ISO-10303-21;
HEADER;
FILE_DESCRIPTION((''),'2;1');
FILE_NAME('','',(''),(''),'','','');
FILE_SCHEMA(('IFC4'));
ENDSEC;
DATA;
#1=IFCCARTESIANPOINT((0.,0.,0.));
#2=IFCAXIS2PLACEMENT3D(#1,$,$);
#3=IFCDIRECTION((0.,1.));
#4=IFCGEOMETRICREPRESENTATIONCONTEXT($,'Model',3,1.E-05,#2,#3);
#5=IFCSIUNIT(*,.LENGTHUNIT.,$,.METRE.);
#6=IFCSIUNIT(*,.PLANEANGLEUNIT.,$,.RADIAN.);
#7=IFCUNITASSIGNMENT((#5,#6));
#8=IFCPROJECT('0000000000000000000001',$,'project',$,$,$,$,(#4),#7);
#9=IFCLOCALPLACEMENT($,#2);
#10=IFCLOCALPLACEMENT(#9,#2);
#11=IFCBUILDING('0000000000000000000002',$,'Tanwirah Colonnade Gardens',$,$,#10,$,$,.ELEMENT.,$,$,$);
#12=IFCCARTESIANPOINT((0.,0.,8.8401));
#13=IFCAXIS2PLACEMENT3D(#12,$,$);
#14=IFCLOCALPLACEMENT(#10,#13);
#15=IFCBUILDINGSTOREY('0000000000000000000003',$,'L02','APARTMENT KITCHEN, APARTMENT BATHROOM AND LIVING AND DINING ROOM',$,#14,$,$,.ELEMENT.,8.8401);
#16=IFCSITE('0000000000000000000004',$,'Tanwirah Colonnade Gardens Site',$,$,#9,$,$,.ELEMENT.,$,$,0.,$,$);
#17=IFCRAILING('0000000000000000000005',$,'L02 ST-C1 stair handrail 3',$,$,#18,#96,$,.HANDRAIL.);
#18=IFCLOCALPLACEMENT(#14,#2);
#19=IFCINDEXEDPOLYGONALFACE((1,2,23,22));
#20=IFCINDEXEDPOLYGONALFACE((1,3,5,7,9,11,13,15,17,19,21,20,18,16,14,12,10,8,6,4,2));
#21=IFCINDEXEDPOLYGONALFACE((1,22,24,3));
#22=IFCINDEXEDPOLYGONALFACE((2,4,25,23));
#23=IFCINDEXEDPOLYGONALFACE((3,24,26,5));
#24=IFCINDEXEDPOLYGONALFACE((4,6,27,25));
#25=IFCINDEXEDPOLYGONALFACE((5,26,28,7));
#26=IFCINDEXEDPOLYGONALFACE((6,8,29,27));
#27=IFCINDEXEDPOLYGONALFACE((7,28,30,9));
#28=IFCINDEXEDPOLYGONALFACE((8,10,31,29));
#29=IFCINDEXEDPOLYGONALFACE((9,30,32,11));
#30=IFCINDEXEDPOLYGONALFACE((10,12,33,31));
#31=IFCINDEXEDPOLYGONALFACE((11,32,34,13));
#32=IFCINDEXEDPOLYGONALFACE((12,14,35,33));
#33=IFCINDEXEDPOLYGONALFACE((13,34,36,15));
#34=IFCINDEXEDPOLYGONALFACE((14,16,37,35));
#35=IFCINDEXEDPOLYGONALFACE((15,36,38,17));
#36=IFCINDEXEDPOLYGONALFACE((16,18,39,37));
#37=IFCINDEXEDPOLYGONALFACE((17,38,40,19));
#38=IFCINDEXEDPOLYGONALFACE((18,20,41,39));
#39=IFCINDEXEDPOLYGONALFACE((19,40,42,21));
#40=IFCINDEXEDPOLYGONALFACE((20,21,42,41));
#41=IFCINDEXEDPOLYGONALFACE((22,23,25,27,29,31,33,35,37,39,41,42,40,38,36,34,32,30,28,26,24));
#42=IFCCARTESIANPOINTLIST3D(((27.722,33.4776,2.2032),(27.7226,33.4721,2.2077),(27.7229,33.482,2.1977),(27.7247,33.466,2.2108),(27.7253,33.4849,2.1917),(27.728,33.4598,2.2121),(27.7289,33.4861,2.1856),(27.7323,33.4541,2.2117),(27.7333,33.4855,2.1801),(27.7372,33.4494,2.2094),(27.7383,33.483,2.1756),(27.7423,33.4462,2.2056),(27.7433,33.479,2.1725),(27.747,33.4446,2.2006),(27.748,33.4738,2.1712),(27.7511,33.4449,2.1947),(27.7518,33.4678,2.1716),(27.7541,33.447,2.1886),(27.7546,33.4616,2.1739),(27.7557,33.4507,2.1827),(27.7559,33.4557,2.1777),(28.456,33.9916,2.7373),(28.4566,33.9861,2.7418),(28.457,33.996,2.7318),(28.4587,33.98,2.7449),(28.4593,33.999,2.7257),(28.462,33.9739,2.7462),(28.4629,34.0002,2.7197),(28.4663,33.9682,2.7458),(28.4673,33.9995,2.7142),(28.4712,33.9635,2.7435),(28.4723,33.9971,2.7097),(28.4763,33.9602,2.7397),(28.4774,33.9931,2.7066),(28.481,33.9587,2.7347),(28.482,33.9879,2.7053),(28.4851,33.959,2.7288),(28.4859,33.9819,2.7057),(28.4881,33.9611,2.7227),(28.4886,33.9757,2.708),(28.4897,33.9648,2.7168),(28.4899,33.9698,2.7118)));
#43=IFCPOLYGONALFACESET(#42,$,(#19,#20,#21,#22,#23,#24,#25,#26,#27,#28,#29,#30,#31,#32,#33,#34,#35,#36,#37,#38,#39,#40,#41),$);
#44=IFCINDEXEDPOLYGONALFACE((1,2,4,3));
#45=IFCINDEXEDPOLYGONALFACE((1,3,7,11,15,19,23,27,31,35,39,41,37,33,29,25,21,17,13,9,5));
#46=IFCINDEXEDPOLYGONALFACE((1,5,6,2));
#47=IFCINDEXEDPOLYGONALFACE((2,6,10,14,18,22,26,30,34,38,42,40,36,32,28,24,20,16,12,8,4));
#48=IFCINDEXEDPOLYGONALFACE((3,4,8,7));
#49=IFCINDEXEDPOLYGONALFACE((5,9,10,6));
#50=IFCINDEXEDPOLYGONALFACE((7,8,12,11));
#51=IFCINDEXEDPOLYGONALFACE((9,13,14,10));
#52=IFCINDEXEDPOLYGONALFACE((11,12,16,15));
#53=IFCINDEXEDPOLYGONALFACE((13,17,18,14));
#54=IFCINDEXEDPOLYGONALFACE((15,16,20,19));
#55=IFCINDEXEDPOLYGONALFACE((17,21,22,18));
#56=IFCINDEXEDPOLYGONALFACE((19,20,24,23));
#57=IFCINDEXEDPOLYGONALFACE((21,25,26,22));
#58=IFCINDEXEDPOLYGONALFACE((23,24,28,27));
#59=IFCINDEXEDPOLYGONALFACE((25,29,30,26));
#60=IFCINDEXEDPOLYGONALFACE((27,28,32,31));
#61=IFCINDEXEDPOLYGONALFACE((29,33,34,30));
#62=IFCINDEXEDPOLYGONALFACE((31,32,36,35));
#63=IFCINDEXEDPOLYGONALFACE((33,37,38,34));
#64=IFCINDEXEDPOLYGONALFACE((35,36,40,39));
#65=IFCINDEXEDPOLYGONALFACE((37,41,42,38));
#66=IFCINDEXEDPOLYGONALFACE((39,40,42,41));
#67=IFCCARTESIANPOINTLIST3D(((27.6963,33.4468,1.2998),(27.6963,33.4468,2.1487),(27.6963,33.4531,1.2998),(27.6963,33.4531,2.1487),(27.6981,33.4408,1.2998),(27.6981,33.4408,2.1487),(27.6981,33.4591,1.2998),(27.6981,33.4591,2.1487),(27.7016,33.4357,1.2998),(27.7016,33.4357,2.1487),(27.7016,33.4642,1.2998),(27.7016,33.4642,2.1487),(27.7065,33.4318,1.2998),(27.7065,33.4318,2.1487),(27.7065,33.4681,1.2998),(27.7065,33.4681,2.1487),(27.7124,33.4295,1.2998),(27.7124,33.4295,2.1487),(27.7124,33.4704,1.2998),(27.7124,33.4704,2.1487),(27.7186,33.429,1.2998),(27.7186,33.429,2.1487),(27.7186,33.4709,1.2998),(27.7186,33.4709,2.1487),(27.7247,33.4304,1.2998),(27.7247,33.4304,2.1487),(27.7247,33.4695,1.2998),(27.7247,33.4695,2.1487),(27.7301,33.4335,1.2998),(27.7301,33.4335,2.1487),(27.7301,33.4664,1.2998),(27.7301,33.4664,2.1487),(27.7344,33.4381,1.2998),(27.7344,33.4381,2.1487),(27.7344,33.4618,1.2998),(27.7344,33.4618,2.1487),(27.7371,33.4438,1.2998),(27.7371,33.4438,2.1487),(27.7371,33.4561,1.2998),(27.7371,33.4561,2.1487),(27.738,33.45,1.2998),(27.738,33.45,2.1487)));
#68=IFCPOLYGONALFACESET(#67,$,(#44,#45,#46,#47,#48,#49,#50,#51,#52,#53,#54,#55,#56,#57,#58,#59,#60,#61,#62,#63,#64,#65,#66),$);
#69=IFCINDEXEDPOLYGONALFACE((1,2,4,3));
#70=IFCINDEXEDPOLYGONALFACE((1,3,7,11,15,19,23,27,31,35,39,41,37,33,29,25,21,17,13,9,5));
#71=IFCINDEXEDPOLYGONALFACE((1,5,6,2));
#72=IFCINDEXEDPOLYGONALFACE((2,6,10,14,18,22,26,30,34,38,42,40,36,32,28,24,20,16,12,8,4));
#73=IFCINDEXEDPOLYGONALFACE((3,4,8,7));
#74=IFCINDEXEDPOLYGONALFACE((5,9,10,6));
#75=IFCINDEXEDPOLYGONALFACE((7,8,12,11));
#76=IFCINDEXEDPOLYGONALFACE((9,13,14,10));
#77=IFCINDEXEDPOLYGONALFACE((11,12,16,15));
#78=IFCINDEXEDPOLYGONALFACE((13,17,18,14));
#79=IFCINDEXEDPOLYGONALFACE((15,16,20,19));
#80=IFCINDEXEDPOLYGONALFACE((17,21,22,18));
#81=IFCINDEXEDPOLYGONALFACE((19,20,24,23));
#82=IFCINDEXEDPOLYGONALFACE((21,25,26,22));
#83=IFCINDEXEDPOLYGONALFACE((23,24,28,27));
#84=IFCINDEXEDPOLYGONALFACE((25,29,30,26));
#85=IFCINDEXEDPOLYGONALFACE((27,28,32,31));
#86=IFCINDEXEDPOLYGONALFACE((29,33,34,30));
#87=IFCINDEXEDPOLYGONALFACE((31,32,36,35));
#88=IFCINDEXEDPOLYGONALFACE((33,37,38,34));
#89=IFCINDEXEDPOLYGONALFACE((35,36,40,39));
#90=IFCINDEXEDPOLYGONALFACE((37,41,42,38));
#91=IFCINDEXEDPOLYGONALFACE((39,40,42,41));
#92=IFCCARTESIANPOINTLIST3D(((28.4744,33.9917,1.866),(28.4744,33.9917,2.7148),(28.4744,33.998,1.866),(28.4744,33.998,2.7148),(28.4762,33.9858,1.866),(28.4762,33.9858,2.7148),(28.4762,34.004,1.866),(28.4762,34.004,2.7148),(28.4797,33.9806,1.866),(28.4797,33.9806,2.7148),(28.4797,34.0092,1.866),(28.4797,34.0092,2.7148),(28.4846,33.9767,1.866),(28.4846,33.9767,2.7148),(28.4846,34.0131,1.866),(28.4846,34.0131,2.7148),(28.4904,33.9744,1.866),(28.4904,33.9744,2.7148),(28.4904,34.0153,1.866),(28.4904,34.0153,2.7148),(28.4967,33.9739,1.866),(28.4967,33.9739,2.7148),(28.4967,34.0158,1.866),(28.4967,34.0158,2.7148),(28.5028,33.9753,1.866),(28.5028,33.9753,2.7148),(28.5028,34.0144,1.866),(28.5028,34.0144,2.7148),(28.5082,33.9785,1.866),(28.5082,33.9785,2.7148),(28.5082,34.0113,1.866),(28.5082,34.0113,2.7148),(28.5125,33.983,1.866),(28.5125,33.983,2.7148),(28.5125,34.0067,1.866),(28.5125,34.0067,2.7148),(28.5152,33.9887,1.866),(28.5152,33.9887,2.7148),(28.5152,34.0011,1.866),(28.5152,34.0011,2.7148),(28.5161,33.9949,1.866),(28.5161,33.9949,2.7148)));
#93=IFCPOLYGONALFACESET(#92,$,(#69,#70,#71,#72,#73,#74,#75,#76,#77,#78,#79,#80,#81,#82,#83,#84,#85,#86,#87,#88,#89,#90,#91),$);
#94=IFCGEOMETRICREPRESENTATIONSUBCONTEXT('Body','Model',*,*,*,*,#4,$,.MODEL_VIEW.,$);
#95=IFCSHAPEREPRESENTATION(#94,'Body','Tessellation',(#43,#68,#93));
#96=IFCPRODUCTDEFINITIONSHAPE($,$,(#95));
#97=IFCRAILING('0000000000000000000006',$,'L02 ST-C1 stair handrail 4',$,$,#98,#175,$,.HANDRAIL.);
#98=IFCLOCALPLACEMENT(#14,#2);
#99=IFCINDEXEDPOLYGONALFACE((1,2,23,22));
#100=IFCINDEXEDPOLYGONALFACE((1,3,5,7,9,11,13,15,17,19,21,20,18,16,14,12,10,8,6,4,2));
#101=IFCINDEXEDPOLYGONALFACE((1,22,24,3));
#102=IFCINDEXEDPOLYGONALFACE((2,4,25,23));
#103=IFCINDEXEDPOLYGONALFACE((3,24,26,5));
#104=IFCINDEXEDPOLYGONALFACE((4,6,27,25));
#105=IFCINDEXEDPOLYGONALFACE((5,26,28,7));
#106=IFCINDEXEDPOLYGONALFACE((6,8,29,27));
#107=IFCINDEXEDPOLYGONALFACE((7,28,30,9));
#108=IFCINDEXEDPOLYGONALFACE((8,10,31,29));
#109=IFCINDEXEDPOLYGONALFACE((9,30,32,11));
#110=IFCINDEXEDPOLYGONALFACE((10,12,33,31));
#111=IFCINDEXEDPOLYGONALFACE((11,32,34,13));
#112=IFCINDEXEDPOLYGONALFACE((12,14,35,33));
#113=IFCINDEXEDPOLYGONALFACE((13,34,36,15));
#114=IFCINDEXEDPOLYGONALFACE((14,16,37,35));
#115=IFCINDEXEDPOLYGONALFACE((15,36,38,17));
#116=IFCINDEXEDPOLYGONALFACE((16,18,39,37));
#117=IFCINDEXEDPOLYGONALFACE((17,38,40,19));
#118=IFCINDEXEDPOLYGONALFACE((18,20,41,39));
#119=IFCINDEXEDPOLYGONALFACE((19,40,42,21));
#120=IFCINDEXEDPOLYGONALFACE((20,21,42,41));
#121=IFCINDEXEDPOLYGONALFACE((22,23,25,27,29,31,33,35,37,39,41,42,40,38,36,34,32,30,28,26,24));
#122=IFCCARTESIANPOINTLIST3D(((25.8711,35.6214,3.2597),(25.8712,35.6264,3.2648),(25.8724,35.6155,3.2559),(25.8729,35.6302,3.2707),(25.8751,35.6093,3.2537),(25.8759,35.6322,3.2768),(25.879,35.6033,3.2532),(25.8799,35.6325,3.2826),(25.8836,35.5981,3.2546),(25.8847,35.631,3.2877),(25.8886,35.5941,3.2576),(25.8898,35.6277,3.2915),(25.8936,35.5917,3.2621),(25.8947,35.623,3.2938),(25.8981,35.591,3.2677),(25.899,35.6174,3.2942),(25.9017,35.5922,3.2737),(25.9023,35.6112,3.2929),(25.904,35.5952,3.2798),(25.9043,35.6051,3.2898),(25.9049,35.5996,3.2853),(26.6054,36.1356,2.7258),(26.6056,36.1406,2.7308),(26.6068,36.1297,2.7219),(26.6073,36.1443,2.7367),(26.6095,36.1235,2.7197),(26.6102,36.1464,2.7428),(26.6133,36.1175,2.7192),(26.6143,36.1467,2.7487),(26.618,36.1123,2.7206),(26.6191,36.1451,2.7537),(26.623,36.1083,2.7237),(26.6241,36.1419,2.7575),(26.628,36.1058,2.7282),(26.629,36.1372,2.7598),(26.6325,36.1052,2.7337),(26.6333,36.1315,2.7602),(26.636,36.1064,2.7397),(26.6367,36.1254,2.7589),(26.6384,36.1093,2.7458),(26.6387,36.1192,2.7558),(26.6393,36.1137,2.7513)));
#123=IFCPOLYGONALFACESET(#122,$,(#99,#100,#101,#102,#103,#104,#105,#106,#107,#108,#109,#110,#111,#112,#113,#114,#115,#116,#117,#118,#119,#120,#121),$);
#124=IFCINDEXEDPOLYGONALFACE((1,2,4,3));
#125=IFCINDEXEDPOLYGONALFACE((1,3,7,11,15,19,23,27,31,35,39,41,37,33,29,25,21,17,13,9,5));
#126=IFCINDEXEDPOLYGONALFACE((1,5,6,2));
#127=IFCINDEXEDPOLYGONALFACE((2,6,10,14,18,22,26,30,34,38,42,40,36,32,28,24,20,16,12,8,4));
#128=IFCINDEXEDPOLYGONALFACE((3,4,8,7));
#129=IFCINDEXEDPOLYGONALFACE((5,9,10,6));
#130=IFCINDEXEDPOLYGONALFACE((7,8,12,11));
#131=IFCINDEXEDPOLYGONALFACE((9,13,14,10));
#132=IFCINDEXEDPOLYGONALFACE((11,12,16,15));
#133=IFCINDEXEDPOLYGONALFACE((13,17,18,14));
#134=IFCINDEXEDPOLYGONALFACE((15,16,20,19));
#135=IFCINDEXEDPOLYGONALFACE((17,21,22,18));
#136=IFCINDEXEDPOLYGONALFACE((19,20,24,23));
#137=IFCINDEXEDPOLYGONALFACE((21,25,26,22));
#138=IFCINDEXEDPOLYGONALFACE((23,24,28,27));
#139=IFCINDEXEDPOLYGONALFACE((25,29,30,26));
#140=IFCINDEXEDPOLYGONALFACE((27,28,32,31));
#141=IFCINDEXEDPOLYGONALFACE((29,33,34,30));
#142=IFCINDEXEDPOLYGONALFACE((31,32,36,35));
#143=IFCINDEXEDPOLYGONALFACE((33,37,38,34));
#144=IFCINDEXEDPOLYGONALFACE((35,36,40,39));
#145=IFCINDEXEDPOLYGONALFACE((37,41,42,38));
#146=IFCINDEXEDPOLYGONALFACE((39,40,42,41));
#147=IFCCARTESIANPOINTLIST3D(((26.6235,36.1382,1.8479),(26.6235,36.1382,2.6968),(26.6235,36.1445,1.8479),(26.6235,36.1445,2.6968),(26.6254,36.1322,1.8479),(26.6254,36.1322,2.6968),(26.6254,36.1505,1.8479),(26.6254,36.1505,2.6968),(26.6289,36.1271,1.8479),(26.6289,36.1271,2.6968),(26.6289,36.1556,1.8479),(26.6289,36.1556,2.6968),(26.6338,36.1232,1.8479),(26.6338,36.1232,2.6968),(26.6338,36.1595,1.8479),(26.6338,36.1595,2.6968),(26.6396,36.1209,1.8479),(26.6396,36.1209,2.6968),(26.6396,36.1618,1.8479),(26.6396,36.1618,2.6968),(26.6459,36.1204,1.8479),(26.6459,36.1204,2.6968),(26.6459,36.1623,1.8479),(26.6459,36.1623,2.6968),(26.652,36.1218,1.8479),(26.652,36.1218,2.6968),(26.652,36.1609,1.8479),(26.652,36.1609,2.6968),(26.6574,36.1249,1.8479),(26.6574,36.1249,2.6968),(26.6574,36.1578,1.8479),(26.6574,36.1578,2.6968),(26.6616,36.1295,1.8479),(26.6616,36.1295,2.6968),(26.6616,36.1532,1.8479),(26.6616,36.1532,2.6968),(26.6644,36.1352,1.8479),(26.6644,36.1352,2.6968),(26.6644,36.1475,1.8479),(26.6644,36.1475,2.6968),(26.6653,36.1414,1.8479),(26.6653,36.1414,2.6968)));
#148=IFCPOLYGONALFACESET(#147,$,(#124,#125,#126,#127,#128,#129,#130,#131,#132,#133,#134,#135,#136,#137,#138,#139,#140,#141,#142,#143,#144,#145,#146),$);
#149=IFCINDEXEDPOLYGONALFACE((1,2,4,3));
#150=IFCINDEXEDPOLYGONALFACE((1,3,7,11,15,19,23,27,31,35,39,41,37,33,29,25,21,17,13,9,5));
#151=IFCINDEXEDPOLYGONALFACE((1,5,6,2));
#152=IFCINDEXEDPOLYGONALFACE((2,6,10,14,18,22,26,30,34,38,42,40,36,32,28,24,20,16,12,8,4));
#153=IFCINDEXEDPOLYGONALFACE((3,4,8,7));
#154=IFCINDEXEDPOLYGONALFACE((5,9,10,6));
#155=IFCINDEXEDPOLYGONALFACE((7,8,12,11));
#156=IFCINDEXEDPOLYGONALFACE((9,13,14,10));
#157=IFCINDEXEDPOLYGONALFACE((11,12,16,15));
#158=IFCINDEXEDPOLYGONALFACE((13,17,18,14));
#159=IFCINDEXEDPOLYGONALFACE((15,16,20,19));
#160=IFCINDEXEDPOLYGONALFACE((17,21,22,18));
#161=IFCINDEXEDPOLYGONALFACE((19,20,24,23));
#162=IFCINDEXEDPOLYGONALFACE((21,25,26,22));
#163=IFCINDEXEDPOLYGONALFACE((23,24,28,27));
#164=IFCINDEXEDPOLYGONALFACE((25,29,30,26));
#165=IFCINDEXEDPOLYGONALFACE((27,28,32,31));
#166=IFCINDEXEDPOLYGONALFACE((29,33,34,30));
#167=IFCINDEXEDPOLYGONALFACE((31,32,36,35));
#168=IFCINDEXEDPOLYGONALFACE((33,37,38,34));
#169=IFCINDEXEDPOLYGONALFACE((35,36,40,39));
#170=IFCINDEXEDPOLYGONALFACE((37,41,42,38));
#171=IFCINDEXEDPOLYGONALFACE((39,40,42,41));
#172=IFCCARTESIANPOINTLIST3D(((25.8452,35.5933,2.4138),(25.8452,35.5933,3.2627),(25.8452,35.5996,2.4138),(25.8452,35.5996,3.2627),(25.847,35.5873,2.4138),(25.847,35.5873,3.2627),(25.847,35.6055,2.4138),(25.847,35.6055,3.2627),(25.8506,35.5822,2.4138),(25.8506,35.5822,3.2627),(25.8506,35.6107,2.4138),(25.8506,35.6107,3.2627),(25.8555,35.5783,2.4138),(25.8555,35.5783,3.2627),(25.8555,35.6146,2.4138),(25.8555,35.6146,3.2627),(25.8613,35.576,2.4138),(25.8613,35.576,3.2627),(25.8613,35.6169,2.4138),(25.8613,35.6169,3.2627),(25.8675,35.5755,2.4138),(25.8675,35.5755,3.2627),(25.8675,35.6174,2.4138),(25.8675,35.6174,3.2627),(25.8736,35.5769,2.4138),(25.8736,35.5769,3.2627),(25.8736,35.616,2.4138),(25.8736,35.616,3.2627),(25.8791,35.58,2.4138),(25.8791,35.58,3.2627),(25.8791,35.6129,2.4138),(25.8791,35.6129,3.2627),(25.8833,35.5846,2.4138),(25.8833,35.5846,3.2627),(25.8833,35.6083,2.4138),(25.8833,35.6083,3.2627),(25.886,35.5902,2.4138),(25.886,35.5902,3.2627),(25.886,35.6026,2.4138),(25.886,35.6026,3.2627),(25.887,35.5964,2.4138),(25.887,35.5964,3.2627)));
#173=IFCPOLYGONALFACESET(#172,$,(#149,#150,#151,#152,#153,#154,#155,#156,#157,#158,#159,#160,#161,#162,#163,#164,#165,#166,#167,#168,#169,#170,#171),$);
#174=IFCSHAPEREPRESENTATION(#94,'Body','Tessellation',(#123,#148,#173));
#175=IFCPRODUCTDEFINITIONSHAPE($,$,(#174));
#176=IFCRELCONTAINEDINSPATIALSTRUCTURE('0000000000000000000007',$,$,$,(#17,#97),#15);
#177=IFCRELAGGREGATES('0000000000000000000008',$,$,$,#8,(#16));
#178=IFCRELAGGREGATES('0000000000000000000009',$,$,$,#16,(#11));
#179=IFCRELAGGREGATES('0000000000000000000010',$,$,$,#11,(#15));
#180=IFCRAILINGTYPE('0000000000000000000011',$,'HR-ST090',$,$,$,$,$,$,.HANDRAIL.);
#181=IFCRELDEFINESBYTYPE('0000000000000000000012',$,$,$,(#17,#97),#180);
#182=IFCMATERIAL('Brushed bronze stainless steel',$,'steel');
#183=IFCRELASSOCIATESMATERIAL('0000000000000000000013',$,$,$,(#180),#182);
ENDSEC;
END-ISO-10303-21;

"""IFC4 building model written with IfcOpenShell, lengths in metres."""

from ifc_helpers import new_model, si_unit, direction, frame, origin, origin_2d, place, context, subcontext, project, spatial, circle, extrude, material, type_object, element, save


model = new_model("IFC4")

# Units and contexts
model_context = context("Model", 3, precision=1e-05, world=origin(), true_north=direction((0.0, 1.0)))
body_context = subcontext(model_context, "Body", "Model", "MODEL_VIEW")
ifc_project = project(units=[si_unit("LENGTHUNIT", "METRE"), si_unit("PLANEANGLEUNIT", "RADIAN")], contexts=[model_context])

# Site, building, storey
site_placement = place(None, origin())
site = spatial("IfcSite", under=ifc_project, at=site_placement, Name="Tanwirah Colonnade Gardens Site", CompositionType="ELEMENT", RefElevation=0.0)
building_placement = place(site_placement, origin())
building = spatial("IfcBuilding", under=site, at=building_placement, Name="Tanwirah Colonnade Gardens", CompositionType="ELEMENT")
storey_placement = place(building_placement, frame((0.0, 0.0, 8.8401)))
storey = spatial("IfcBuildingStorey", under=building, at=storey_placement, Name="L02", Description="APARTMENT KITCHEN, APARTMENT BATHROOM AND LIVING AND DINING ROOM", CompositionType="ELEMENT", Elevation=8.8401)

# Railings
ifc_material_1 = material(Name="Brushed bronze stainless steel", Category="steel")
railing_type_1 = type_object("IfcRailingType", Name="HR-ST090", PredefinedType="HANDRAIL", material=ifc_material_1)
railing_1_placement = place(storey_placement, frame((27.717, 33.45, 1.2998)))
element("IfcRailing", 1, at=railing_1_placement, inside=storey, type_object=railing_type_1, Name="L02 ST-C1 stair handrail 3", PredefinedType="HANDRAIL", context=body_context, shape_type="SweptSolid", body=[
    extrude(circle(Radius=0.0239, at=origin_2d()), frame((0.022, 0.0154, 0.8918), z_axis=(0.703607, 0.492767, 0.511975), x_axis=(-0.573652, 0.819099, 0.0)), (0.0, 0.0, 1.0), 1.0432),
    extrude(circle(Radius=0.021, at=origin_2d()), origin(), (0.0, 0.0, 1.0), 0.8489),
    extrude(circle(Radius=0.021, at=origin_2d()), frame((0.7781, 0.5449, 0.5662)), (0.0, 0.0, 1.0), 0.8489),
])
railing_2_placement = place(storey_placement, frame((26.6443, 36.1414, 1.8479)))
element("IfcRailing", 2, at=railing_2_placement, inside=storey, type_object=railing_type_1, Name="L02 ST-C1 stair handrail 4", PredefinedType="HANDRAIL", context=body_context, shape_type="SweptSolid", body=[
    extrude(circle(Radius=0.0239, at=origin_2d()), frame((-0.022, -0.0154, 0.8918), z_axis=(-0.703797, -0.492747, 0.511732), x_axis=(0.573531, -0.819184, 0.0)), (0.0, 0.0, 1.0), 1.0435),
    extrude(circle(Radius=0.021, at=origin_2d()), origin(), (0.0, 0.0, 1.0), 0.8489),
    extrude(circle(Radius=0.021, at=origin_2d()), frame((-0.7783, -0.5449, 0.5659)), (0.0, 0.0, 1.0), 0.8489),
])

save(model, "model.ifc")
